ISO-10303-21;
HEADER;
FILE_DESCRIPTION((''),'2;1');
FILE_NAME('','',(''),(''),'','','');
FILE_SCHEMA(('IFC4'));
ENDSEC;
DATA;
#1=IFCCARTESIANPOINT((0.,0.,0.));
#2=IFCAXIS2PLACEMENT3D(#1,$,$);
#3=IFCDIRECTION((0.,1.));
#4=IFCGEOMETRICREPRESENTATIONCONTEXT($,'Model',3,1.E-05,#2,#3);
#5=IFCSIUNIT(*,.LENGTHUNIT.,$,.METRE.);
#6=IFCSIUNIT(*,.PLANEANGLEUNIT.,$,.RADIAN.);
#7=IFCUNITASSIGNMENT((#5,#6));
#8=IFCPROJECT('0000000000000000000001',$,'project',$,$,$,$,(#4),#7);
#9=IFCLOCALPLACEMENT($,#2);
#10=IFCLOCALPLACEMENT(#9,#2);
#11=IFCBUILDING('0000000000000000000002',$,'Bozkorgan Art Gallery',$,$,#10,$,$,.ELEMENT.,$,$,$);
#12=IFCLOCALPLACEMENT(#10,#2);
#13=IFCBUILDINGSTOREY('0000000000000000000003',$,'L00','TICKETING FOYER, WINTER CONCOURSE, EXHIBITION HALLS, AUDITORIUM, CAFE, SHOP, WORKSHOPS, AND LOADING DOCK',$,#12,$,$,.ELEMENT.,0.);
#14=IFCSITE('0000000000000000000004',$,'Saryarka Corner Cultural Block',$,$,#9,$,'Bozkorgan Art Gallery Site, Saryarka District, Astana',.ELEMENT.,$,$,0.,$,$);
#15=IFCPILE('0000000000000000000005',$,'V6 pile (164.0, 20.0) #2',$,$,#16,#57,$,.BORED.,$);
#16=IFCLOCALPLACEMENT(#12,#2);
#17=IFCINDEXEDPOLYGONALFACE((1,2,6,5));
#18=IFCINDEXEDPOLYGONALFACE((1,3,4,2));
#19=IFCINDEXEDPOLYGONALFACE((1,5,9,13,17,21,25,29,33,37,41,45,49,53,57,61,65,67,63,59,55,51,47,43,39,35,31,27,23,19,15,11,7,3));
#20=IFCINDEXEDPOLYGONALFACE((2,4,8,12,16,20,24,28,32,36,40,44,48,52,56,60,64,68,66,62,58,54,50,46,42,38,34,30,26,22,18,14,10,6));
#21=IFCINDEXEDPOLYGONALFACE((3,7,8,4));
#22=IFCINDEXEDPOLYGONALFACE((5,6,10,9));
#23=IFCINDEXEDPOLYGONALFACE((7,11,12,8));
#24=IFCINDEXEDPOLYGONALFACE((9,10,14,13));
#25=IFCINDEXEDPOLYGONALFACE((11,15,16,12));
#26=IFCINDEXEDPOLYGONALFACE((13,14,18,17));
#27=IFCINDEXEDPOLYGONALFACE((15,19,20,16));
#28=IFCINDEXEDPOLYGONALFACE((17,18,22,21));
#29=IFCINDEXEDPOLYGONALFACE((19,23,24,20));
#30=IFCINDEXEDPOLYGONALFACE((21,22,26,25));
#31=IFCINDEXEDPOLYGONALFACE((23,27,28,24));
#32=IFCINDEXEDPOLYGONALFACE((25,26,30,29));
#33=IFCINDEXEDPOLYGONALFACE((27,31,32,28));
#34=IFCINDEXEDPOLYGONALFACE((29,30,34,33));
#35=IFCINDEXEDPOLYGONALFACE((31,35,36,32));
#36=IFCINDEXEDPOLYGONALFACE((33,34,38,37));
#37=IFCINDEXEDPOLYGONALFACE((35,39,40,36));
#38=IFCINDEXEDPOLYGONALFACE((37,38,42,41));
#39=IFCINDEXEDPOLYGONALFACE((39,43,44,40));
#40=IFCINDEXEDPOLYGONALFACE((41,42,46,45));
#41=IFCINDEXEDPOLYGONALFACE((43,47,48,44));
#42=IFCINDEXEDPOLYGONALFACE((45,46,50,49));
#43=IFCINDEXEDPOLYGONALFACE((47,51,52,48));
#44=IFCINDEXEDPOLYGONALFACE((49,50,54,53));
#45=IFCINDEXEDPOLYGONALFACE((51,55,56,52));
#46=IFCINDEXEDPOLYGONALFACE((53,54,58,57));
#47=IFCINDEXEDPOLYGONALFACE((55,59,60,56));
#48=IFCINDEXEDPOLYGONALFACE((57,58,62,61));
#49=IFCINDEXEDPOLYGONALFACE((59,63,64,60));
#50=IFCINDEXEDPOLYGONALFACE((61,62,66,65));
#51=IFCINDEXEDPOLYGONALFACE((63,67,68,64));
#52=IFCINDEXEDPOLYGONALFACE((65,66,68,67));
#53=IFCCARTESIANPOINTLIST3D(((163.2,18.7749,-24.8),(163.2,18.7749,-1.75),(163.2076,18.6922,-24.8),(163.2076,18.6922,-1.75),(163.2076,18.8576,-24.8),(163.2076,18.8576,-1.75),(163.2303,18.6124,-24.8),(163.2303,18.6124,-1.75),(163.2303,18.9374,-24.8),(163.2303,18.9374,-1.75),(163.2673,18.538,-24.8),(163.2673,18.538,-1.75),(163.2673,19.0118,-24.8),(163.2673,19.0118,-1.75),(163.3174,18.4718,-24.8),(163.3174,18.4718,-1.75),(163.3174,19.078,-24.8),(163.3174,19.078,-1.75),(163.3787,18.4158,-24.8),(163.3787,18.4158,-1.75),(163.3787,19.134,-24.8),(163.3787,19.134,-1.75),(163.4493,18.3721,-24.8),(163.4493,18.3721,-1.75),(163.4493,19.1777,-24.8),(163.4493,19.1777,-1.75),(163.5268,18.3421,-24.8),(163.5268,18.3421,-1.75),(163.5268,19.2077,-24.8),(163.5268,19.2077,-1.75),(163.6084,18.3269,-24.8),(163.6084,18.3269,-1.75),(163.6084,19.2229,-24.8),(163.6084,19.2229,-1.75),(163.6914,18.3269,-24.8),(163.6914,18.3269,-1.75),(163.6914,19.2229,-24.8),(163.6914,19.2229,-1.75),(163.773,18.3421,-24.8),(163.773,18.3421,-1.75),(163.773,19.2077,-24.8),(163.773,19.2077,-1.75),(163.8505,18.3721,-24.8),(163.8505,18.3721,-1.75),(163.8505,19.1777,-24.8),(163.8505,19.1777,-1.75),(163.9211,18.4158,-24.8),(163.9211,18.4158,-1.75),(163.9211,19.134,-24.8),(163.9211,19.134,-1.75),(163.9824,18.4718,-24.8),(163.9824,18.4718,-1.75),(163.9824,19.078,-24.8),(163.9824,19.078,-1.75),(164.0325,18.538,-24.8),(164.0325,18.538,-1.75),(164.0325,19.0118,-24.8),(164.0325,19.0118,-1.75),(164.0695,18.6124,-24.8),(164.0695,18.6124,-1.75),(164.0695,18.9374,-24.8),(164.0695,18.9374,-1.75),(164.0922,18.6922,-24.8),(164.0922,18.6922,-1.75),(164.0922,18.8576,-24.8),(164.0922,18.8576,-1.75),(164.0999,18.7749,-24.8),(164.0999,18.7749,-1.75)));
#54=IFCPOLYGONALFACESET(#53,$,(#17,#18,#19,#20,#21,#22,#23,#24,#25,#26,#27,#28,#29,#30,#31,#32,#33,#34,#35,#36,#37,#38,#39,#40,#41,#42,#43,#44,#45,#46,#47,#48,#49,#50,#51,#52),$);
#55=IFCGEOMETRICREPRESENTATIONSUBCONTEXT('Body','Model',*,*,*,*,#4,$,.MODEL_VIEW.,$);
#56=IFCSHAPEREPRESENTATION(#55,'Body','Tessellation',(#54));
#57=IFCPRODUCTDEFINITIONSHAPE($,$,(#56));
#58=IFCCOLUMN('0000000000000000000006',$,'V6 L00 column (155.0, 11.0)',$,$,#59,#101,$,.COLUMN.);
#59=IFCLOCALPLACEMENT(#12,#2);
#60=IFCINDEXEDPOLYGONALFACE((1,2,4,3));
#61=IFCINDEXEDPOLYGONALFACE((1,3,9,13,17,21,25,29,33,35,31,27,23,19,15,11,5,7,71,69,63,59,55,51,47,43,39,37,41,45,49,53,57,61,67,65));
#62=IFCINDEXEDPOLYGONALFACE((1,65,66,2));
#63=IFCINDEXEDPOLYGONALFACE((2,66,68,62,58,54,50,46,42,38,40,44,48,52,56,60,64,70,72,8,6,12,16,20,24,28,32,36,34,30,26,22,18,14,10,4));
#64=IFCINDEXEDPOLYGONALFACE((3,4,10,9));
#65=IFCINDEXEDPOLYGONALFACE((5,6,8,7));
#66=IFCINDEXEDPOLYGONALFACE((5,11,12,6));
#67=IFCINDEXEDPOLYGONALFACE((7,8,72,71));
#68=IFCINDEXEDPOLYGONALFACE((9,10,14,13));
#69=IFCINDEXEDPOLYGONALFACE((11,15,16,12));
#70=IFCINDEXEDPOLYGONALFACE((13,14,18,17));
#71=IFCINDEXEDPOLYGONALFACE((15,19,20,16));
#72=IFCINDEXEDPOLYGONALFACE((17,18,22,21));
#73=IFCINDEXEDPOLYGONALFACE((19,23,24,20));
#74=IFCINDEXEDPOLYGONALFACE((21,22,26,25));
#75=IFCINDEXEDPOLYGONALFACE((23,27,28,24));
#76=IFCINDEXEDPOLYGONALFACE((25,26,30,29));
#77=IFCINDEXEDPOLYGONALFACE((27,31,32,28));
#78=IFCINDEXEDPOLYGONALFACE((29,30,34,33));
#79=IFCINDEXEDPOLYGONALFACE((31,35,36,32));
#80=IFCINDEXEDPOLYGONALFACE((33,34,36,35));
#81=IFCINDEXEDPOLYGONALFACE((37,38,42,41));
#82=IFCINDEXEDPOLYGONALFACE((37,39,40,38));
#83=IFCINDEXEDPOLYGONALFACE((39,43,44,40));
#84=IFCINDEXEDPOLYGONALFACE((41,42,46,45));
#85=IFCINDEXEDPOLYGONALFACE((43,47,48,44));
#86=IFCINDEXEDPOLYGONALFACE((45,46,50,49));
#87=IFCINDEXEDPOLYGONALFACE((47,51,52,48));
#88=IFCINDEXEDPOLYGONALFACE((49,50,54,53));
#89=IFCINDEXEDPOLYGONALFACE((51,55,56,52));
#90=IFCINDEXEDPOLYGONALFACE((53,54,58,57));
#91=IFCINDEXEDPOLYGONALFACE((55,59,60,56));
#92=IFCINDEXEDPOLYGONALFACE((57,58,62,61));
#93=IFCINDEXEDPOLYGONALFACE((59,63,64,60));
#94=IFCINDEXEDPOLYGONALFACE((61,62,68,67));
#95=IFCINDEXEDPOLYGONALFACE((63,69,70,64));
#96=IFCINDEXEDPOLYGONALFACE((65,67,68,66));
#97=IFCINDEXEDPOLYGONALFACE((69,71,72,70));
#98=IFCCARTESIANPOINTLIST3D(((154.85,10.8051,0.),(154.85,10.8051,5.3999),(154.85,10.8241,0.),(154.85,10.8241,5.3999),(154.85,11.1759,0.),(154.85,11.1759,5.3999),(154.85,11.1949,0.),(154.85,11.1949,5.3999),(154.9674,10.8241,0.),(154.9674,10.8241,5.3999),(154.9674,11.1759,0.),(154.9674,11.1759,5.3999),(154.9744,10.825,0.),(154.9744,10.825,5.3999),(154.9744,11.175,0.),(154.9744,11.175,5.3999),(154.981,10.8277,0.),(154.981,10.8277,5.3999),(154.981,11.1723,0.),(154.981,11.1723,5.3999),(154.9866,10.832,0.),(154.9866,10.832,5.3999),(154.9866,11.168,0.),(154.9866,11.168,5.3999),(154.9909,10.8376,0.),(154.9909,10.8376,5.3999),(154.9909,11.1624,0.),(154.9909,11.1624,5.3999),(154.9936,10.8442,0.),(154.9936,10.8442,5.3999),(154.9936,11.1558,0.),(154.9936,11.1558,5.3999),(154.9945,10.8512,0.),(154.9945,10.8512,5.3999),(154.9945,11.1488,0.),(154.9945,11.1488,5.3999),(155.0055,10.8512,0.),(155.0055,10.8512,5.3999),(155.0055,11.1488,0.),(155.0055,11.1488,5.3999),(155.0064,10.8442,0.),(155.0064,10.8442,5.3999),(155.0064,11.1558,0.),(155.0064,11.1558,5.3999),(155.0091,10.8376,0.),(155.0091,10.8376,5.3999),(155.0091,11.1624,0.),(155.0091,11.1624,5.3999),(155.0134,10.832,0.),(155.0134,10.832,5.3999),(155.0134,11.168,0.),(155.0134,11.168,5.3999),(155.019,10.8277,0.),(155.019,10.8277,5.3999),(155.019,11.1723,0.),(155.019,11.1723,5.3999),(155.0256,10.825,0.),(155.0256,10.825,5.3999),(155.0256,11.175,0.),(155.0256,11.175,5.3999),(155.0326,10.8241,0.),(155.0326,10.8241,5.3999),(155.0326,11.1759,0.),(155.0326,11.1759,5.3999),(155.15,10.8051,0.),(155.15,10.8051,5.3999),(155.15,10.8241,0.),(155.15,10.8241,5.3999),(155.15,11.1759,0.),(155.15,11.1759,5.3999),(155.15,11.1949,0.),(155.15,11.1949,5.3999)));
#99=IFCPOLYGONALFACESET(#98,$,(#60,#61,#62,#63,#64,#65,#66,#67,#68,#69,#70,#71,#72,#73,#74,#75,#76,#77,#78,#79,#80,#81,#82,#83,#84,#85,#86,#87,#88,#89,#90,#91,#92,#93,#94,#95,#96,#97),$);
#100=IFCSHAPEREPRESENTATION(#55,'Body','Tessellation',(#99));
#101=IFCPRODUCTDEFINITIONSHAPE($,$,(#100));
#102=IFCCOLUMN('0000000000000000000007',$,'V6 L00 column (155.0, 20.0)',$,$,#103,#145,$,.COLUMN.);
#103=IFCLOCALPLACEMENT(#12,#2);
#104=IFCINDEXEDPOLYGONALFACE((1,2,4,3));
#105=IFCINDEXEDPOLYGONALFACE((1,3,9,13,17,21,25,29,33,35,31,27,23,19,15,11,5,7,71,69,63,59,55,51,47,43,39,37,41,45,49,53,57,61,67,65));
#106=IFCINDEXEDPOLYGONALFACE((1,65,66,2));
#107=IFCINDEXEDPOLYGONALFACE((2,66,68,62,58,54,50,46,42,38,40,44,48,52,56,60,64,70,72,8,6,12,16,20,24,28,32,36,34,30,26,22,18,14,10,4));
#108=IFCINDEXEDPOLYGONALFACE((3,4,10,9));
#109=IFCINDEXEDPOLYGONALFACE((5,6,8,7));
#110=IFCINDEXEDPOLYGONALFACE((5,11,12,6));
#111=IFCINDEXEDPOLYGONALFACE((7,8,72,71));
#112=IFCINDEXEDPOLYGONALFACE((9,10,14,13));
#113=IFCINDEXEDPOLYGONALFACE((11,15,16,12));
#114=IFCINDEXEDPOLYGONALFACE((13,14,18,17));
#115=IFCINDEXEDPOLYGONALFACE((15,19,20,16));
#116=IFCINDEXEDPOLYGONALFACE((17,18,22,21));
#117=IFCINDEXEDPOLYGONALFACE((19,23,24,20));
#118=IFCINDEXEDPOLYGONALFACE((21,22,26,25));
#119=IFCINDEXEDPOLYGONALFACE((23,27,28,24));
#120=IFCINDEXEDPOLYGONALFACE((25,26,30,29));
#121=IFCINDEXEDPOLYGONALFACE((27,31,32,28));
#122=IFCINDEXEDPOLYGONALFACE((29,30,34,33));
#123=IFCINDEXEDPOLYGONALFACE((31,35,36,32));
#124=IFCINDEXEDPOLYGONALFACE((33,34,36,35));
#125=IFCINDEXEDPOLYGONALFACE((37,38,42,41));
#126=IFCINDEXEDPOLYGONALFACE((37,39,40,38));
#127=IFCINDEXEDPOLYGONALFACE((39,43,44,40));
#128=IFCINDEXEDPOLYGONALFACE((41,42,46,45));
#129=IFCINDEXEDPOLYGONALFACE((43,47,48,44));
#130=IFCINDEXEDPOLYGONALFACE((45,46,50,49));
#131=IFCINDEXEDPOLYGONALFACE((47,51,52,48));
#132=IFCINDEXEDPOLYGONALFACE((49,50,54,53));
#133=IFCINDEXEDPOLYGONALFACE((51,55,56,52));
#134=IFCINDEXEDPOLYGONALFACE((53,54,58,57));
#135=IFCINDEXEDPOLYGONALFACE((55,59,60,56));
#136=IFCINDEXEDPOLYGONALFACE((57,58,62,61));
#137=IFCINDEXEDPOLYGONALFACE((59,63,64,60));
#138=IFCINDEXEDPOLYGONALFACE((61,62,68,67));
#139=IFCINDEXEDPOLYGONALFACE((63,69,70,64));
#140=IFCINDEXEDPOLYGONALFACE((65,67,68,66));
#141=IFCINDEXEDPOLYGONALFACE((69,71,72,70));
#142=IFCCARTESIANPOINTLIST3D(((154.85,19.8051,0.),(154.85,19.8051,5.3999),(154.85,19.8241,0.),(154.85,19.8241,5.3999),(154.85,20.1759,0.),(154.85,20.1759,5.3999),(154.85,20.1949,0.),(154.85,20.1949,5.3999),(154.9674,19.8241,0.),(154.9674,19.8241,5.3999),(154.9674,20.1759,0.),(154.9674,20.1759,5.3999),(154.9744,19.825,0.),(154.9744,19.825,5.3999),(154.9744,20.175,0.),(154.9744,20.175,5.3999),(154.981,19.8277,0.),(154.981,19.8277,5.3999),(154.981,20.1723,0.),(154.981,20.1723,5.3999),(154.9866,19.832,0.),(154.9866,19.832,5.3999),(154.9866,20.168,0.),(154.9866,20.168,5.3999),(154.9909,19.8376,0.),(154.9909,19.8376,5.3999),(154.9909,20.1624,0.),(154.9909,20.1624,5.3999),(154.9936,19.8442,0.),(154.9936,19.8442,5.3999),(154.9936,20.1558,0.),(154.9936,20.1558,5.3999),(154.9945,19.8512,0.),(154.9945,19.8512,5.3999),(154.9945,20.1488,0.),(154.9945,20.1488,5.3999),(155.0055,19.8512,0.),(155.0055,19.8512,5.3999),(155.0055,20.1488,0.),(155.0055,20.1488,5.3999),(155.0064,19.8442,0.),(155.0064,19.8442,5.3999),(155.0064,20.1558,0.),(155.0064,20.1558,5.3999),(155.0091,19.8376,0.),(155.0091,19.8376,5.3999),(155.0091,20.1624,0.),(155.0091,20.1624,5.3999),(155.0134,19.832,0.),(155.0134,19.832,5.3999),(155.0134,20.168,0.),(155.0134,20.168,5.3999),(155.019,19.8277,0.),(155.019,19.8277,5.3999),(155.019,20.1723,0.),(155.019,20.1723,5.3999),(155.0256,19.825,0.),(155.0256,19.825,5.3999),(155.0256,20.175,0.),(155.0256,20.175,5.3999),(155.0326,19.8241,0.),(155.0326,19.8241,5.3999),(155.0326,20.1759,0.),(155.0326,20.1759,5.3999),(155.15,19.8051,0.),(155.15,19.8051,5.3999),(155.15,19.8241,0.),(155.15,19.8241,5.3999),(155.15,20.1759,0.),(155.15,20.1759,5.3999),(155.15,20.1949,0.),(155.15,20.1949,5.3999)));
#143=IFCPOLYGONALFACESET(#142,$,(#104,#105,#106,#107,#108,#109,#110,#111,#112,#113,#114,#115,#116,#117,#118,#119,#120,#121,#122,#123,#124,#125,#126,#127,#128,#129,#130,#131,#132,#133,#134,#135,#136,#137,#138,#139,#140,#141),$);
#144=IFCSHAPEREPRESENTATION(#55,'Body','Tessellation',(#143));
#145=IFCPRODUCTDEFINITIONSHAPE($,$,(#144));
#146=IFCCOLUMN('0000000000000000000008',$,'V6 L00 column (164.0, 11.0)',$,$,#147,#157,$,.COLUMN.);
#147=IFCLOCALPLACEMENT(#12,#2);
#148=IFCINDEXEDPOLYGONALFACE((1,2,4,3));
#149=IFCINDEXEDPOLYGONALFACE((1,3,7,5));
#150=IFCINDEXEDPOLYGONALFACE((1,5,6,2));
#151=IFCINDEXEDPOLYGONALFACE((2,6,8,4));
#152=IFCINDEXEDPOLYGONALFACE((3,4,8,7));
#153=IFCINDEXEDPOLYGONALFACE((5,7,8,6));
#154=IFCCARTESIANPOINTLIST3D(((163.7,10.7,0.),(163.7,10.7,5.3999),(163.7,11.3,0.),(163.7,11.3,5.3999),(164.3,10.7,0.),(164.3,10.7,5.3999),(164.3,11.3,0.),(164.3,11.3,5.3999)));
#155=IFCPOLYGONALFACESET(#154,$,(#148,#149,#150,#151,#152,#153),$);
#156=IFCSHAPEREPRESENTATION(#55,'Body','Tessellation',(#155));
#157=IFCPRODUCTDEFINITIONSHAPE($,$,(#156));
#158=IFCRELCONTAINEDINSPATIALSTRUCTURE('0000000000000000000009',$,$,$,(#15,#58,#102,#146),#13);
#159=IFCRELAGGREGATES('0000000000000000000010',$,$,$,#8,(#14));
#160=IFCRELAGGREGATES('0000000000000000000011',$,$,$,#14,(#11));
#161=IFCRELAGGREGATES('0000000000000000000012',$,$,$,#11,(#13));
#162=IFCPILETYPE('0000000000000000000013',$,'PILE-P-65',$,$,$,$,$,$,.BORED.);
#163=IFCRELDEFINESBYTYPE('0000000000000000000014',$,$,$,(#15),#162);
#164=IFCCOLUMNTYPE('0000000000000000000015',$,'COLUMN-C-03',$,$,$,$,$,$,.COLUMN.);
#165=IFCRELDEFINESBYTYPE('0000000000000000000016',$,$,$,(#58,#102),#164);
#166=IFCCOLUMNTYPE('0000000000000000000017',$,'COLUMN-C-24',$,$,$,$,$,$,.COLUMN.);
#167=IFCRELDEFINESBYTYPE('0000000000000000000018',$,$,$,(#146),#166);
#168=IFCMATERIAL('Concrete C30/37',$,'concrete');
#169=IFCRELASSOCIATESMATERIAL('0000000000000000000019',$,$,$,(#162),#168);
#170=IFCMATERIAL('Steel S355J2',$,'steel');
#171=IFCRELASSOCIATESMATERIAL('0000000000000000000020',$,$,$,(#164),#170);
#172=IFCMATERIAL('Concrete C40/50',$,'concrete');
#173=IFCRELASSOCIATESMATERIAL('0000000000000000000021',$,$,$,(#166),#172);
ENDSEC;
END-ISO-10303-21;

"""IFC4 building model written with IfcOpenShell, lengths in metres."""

from ifc_helpers import new_model, si_unit, direction, frame, origin, origin_2d, place, context, subcontext, project, spatial, rectangle, circle, i_section, extrude, material, material_profile, profile_set, type_object, element, save


model = new_model("IFC4")

# Units and contexts
model_context = context("Model", 3, precision=1e-05, world=origin(), true_north=direction((0.0, 1.0)))
body_context = subcontext(model_context, "Body", "Model", "MODEL_VIEW")
ifc_project = project(units=[si_unit("LENGTHUNIT", "METRE"), si_unit("PLANEANGLEUNIT", "RADIAN")], contexts=[model_context])

# Site, building, storey
site_placement = place(None, origin())
site = spatial("IfcSite", under=ifc_project, at=site_placement, Name="Saryarka Corner Cultural Block", LongName="Bozkorgan Art Gallery Site, Saryarka District, Astana", CompositionType="ELEMENT", RefElevation=0.0)
building_placement = place(site_placement, origin())
building = spatial("IfcBuilding", under=site, at=building_placement, Name="Bozkorgan Art Gallery", CompositionType="ELEMENT")
storey_placement = place(building_placement, origin())
storey = spatial("IfcBuildingStorey", under=building, at=storey_placement, Name="L00", Description="TICKETING FOYER, WINTER CONCOURSE, EXHIBITION HALLS, AUDITORIUM, CAFE, SHOP, WORKSHOPS, AND LOADING DOCK", CompositionType="ELEMENT", Elevation=0.0)

# Shared definitions
ifc_material_1 = material(Name="Concrete C30/37", Category="concrete")

# Pile
ifc_material_profile_1 = material_profile(ifc_material_1, circle(Radius=0.45, at=origin_2d()), Name="PILE D900")
ifc_profile_set_1 = profile_set([ifc_material_profile_1], Name="Concrete C30/37")
pile_type_1 = type_object("IfcPileType", Name="PILE-P-65", PredefinedType="BORED", material=ifc_profile_set_1)
for number, where, z_axis, x_axis, name in (
    (1, (163.6499, 18.7749, -1.75), (0.0, 0.0, -1.0), (1.0, 0.0, 0.0), "V6 pile (164.0, 20.0) #2"),
):
    element("IfcPile", number, at=place(storey_placement, frame(where, z_axis=z_axis, x_axis=x_axis)), inside=storey, type_object=pile_type_1, Name=name, PredefinedType="BORED", context=body_context, shape_type="SweptSolid", body=[
        extrude(circle(Radius=0.45, at=origin_2d()), origin(), (0.0, 0.0, 1.0), 23.05),
    ])

# Columns
ifc_material_2 = material(Name="Steel S355J2", Category="steel")
ifc_material_profile_2 = material_profile(ifc_material_2, i_section(OverallWidth=0.3, OverallDepth=0.3899, WebThickness=0.011, FlangeThickness=0.019, FilletRadius=0.0271, at=origin_2d()), Name="HEA 400")
ifc_profile_set_2 = profile_set([ifc_material_profile_2], Name="Steel S355J2")
column_type_1 = type_object("IfcColumnType", Name="COLUMN-C-03", PredefinedType="COLUMN", material=ifc_profile_set_2)
for number, where, z_axis, x_axis, name in (
    (2, (155.0, 11.0, 0.0), (0.0, 0.0, 1.0), (1.0, 0.0, 0.0), "V6 L00 column (155.0, 11.0)"),
    (3, (155.0, 20.0, 0.0), (0.0, 0.0, 1.0), (1.0, 0.0, 0.0), "V6 L00 column (155.0, 20.0)"),
):
    element("IfcColumn", number, at=place(storey_placement, frame(where, z_axis=z_axis, x_axis=x_axis)), inside=storey, type_object=column_type_1, Name=name, PredefinedType="COLUMN", context=body_context, shape_type="SweptSolid", body=[
        extrude(i_section(OverallWidth=0.3, OverallDepth=0.3899, WebThickness=0.011, FlangeThickness=0.019, FilletRadius=0.0271, at=origin_2d()), origin(), (0.0, 0.0, 1.0), 5.3999),
    ])
ifc_material_3 = material(Name="Concrete C40/50", Category="concrete")
ifc_material_profile_3 = material_profile(ifc_material_3, rectangle(XDim=0.6001, YDim=0.6001, at=origin_2d()), Name="RC 600x600")
ifc_profile_set_3 = profile_set([ifc_material_profile_3], Name="Concrete C40/50")
column_type_2 = type_object("IfcColumnType", Name="COLUMN-C-24", PredefinedType="COLUMN", material=ifc_profile_set_3)
column_placement = place(storey_placement, frame((164.0, 11.0, 0.0), z_axis=(0.0, 0.0, 1.0), x_axis=(1.0, 0.0, 0.0)))
element("IfcColumn", 4, at=column_placement, inside=storey, type_object=column_type_2, Name="V6 L00 column (164.0, 11.0)", PredefinedType="COLUMN", context=body_context, shape_type="SweptSolid", body=[
    extrude(rectangle(XDim=0.6001, YDim=0.6001, at=origin_2d()), origin(), (0.0, 0.0, 1.0), 5.3999),
])

save(model, "model.ifc")
